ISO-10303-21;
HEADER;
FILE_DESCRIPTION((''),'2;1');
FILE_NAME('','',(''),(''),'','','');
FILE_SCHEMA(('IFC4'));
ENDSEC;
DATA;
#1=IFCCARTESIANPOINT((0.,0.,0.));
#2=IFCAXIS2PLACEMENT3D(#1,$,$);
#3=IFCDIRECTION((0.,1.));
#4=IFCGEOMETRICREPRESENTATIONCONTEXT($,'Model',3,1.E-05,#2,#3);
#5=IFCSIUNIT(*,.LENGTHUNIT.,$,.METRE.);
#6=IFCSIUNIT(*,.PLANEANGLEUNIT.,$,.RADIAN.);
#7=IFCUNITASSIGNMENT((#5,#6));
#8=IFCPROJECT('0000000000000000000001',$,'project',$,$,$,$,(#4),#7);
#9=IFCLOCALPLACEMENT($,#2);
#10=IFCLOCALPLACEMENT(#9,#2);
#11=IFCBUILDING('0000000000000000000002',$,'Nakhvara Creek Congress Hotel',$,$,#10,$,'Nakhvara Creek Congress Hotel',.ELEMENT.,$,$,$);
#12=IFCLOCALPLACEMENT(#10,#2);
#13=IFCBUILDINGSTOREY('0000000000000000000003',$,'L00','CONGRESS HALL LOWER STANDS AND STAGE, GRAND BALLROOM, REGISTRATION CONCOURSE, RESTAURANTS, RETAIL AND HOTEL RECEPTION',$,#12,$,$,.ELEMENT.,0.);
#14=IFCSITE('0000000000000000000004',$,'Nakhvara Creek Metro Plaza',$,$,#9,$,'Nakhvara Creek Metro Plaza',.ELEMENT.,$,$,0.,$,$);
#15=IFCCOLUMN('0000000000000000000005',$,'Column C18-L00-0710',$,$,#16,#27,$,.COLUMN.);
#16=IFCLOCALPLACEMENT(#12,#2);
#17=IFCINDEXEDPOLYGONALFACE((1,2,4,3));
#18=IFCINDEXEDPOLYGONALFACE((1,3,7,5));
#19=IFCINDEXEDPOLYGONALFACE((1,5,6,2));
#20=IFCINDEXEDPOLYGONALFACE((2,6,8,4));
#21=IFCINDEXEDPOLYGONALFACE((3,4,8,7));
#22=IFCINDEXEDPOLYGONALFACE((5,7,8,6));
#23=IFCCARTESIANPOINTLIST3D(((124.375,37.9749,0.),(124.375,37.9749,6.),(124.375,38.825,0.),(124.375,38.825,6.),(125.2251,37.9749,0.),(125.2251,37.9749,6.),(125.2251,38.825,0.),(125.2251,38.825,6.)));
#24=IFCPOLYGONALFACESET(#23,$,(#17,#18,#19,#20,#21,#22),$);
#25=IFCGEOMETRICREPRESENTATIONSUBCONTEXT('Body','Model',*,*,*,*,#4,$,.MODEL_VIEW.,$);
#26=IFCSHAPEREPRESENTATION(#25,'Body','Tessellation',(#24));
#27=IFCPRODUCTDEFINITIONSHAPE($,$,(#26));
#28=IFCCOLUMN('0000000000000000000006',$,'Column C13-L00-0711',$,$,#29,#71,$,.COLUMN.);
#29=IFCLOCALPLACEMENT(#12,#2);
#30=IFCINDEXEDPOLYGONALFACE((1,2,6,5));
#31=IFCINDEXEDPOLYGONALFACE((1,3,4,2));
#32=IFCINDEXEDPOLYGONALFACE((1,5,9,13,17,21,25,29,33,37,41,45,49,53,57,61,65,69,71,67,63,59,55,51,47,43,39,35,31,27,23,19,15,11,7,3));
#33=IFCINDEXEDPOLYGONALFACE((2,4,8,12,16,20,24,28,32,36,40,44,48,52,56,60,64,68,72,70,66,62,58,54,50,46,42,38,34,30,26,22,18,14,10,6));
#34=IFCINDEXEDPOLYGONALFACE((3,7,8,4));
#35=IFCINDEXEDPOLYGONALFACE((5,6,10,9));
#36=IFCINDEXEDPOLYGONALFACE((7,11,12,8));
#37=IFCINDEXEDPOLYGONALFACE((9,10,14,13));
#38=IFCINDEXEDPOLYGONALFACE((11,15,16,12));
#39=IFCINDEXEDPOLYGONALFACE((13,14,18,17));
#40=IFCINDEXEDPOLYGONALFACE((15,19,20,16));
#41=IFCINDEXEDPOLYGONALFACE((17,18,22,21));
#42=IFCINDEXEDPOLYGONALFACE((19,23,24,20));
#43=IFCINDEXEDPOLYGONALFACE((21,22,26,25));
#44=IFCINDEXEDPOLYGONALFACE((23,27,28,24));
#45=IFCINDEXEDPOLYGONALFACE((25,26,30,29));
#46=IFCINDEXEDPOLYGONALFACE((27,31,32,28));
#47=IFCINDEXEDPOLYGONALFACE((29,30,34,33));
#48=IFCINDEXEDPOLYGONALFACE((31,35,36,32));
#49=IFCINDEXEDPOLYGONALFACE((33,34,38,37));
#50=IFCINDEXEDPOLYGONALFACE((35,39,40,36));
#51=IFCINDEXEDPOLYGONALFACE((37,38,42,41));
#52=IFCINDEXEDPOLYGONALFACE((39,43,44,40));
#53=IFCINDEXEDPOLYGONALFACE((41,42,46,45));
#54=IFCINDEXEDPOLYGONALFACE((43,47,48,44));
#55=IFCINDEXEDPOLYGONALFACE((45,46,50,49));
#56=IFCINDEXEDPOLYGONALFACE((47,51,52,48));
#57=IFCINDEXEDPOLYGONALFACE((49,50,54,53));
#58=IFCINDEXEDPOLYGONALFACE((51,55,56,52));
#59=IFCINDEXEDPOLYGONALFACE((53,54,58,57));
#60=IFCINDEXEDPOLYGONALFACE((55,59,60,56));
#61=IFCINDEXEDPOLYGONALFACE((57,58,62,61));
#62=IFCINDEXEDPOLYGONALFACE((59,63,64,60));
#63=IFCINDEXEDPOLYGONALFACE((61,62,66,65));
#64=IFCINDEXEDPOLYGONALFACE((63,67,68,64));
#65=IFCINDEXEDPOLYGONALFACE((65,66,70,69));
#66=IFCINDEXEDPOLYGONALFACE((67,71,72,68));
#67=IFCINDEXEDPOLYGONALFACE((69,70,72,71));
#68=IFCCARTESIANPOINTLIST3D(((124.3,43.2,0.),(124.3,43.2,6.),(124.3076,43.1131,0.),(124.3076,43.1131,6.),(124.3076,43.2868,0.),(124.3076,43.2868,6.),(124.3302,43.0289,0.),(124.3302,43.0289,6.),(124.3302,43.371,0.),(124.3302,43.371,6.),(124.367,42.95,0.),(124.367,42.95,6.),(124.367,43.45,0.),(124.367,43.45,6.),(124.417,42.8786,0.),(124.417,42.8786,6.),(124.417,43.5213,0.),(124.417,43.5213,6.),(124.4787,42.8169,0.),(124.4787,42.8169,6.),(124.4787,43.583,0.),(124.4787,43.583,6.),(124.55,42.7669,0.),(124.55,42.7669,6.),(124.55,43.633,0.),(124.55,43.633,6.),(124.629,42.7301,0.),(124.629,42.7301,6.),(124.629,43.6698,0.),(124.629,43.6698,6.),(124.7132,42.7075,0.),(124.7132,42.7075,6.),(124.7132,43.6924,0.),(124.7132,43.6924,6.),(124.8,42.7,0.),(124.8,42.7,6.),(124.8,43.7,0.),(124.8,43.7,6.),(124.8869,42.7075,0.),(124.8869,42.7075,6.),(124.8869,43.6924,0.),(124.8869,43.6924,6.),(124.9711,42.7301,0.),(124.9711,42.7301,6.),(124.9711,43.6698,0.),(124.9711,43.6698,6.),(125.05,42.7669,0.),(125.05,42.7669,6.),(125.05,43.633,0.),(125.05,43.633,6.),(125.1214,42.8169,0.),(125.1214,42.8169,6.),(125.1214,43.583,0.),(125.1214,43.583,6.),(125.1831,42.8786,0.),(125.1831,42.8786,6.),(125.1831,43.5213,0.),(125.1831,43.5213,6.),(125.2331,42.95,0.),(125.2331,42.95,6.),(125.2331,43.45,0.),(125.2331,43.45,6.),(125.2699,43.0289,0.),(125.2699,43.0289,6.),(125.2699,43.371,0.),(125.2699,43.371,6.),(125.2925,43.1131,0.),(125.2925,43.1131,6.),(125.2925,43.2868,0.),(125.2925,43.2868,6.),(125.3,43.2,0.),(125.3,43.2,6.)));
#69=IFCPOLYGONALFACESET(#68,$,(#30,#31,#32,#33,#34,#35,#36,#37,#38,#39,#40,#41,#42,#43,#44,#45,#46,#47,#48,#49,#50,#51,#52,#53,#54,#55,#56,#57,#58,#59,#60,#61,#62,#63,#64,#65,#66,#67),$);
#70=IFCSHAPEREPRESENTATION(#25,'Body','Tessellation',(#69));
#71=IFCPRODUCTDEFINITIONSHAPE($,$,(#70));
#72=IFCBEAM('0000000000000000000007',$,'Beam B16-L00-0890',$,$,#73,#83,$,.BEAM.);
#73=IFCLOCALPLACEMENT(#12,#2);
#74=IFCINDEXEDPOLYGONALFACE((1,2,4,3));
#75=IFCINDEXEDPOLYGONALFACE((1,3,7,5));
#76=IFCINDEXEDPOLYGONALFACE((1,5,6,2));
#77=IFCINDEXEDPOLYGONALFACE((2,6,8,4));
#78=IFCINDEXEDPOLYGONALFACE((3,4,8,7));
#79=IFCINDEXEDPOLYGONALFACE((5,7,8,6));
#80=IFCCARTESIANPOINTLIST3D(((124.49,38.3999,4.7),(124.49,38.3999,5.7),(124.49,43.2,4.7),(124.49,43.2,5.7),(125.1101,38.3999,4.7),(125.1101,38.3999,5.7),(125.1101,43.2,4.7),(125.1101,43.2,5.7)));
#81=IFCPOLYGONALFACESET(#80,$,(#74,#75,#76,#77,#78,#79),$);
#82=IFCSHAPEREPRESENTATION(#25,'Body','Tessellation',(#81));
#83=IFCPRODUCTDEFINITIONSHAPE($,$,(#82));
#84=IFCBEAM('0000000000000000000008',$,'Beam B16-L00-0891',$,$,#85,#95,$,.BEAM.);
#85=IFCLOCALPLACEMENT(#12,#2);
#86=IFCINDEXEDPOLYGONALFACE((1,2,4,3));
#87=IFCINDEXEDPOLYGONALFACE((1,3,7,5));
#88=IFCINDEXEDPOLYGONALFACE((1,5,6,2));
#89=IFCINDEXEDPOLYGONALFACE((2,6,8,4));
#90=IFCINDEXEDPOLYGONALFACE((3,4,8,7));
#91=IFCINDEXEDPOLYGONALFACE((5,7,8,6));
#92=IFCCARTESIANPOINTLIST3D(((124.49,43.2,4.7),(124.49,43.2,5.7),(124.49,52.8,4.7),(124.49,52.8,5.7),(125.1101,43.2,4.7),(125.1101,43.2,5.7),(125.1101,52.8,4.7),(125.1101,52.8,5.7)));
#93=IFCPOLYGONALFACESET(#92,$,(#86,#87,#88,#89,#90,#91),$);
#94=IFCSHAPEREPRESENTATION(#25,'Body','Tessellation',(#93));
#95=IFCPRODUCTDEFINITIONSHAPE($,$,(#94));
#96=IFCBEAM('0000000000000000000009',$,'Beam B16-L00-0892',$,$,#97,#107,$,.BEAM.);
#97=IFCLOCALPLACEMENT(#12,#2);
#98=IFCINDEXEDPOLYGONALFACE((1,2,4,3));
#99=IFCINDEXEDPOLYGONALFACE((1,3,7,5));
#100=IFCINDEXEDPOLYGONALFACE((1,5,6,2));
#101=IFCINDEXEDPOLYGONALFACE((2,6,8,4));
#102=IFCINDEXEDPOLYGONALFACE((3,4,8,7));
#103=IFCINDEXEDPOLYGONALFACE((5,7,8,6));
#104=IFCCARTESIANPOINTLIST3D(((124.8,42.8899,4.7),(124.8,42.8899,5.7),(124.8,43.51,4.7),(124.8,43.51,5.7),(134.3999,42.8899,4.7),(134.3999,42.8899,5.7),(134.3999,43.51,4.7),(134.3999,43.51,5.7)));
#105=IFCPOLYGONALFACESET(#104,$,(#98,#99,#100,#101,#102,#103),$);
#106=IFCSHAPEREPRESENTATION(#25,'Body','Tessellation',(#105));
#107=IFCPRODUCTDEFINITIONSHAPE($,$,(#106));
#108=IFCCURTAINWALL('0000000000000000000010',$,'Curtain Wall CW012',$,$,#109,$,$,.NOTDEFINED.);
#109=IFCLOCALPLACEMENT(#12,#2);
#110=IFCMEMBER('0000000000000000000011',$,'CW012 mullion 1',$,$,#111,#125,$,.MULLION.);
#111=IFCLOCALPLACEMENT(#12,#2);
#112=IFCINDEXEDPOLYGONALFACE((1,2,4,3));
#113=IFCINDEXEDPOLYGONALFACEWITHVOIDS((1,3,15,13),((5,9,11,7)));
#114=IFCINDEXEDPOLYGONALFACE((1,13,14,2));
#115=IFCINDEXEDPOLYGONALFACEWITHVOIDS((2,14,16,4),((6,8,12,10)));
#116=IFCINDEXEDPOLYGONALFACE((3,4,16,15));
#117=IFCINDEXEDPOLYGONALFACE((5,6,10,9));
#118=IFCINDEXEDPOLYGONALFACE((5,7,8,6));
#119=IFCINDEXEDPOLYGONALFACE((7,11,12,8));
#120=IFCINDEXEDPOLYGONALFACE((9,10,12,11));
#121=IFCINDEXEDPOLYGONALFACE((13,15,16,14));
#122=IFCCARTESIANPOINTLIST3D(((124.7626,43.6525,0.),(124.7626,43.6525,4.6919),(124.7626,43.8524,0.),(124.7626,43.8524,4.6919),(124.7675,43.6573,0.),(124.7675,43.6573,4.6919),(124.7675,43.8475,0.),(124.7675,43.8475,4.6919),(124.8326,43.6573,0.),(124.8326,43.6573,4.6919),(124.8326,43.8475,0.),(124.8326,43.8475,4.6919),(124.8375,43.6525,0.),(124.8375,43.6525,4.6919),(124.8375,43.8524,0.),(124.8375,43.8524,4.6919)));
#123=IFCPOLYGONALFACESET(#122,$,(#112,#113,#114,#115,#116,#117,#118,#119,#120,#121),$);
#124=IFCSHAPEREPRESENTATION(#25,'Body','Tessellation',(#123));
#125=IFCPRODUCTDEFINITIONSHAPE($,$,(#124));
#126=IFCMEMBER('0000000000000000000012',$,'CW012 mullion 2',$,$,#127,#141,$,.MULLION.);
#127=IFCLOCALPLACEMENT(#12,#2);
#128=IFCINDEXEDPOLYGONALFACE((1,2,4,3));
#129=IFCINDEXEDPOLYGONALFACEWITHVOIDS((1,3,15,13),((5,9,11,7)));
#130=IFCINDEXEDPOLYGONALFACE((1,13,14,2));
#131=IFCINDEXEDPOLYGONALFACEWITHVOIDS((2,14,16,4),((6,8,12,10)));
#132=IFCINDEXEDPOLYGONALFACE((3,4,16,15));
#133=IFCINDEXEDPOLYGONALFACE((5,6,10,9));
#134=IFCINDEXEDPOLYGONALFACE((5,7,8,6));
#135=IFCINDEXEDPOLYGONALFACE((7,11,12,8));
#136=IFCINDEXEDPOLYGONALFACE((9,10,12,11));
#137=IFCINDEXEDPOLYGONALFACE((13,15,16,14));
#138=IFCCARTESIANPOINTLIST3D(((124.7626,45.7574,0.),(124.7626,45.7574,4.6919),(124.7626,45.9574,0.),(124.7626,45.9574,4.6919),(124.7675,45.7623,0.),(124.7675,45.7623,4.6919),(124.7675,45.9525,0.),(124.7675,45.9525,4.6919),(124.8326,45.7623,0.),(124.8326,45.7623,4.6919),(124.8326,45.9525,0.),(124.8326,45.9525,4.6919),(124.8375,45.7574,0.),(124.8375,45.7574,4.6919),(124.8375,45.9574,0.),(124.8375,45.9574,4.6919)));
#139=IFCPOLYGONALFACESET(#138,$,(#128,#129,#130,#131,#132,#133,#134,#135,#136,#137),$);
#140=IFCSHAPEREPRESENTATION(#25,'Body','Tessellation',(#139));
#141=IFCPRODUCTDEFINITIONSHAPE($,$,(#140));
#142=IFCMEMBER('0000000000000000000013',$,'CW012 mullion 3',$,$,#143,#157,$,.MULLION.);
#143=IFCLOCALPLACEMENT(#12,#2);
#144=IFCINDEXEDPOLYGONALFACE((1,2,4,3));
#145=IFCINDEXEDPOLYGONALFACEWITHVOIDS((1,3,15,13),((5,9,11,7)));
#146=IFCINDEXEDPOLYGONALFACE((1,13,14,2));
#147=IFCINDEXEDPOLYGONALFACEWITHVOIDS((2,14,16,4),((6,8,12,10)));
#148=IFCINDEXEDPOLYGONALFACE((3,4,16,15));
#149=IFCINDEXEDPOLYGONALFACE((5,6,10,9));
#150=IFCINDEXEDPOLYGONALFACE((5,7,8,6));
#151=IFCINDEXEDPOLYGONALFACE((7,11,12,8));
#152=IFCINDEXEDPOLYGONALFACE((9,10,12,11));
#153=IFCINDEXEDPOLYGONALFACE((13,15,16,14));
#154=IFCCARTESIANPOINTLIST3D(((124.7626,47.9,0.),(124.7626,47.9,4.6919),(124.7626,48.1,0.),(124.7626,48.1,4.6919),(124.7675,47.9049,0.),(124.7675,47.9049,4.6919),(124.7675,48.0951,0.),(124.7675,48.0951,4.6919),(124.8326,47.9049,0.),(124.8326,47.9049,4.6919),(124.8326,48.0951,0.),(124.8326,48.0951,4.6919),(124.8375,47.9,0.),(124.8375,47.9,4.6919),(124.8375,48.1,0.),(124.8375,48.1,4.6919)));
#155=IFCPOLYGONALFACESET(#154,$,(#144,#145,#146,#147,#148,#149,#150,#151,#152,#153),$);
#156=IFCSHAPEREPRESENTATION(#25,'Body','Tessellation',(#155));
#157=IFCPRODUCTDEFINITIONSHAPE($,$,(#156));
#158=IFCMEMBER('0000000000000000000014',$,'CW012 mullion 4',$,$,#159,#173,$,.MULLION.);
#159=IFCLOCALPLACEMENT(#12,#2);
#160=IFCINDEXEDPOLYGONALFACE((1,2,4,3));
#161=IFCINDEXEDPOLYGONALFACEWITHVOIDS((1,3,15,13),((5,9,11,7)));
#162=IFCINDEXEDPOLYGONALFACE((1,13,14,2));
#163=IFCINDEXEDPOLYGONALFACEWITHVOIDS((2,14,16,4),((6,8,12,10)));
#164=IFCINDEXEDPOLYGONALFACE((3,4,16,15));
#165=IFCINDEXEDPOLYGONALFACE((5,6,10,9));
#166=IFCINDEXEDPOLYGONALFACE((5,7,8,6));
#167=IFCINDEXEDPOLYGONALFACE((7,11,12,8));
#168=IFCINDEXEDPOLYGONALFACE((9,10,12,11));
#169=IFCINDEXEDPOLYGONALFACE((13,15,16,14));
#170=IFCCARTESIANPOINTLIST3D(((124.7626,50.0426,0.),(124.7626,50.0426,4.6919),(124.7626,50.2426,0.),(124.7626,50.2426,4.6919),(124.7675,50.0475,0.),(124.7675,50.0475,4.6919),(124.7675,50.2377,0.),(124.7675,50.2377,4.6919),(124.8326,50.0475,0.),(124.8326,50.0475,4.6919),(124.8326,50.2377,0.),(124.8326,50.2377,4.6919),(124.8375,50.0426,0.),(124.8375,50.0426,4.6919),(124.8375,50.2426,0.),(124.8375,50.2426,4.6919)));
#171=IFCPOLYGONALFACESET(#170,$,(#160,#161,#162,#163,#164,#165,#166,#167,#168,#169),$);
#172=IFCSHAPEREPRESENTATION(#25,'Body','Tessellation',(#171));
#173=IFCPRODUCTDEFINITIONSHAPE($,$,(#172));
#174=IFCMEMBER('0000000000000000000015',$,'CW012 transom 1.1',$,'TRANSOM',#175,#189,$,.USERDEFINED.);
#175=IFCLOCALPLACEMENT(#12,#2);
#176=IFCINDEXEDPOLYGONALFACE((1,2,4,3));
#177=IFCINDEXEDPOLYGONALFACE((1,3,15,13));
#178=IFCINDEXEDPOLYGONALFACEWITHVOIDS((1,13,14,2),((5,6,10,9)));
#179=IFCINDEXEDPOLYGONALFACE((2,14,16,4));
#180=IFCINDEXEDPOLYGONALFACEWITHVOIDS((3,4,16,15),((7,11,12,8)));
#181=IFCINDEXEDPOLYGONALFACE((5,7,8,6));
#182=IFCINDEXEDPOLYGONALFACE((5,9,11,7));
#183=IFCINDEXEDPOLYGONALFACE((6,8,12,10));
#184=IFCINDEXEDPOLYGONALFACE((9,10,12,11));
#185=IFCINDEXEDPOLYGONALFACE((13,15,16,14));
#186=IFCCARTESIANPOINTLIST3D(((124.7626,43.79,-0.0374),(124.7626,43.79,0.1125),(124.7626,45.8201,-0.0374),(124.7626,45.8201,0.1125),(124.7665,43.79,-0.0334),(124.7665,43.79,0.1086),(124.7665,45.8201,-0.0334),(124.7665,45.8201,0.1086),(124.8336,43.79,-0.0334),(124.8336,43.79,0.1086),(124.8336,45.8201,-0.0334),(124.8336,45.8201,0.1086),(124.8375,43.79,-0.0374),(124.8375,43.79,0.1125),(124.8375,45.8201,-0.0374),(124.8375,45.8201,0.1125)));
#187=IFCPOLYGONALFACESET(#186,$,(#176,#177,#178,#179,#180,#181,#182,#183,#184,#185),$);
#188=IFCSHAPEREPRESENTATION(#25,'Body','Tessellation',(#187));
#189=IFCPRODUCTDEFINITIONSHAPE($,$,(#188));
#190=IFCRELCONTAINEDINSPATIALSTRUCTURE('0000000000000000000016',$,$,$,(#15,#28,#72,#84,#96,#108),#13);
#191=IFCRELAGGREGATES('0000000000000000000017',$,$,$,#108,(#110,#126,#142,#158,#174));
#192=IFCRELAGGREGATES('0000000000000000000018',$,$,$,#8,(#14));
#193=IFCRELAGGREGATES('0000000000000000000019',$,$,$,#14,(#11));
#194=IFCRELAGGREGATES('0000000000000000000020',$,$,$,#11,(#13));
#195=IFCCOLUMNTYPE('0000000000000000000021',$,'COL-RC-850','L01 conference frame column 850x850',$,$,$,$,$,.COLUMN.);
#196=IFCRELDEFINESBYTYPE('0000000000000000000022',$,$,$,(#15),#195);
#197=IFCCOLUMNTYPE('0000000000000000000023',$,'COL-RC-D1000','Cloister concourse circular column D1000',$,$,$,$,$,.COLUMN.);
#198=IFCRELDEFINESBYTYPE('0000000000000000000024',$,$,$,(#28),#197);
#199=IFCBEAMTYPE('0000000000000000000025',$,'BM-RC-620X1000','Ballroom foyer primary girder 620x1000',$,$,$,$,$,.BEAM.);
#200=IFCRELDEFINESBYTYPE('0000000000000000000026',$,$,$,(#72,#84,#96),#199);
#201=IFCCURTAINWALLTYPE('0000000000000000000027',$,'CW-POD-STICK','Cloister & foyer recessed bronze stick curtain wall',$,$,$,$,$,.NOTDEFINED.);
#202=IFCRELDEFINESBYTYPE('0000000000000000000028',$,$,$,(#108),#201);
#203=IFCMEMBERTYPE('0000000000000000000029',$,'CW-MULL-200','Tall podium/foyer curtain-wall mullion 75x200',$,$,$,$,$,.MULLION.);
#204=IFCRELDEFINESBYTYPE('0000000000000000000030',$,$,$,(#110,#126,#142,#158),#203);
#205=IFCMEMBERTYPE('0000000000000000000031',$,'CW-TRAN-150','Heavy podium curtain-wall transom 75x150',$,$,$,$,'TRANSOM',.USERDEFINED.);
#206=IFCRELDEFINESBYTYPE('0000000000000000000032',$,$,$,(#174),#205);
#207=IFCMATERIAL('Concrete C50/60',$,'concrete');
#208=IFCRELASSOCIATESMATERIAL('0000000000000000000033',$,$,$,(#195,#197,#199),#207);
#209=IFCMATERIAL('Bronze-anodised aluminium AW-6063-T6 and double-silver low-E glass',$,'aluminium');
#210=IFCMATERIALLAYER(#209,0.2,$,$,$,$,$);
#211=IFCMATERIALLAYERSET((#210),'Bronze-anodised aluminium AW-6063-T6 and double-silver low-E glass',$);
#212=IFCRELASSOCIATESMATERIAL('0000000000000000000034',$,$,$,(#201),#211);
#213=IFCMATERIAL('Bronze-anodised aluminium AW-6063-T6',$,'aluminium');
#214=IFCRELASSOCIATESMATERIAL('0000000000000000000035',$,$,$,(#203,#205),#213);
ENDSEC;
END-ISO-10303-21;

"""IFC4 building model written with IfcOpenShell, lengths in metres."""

from ifc_helpers import new_model, si_unit, direction, frame, origin, origin_2d, place, context, subcontext, project, spatial, rectangle, hollow_rectangle, circle, extrude, material, layer, layer_set, material_profile, profile_set, type_object, element, aggregate, save


model = new_model("IFC4")

# Units and contexts
model_context = context("Model", 3, precision=1e-05, world=origin(), true_north=direction((0.0, 1.0)))
body_context = subcontext(model_context, "Body", "Model", "MODEL_VIEW")
ifc_project = project(units=[si_unit("LENGTHUNIT", "METRE"), si_unit("PLANEANGLEUNIT", "RADIAN")], contexts=[model_context])

# Site, building, storey
site_placement = place(None, origin())
site = spatial("IfcSite", under=ifc_project, at=site_placement, Name="Nakhvara Creek Metro Plaza", LongName="Nakhvara Creek Metro Plaza", CompositionType="ELEMENT", RefElevation=0.0)
building_placement = place(site_placement, origin())
building = spatial("IfcBuilding", under=site, at=building_placement, Name="Nakhvara Creek Congress Hotel", LongName="Nakhvara Creek Congress Hotel", CompositionType="ELEMENT")
storey_placement = place(building_placement, origin())
storey = spatial("IfcBuildingStorey", under=building, at=storey_placement, Name="L00", Description="CONGRESS HALL LOWER STANDS AND STAGE, GRAND BALLROOM, REGISTRATION CONCOURSE, RESTAURANTS, RETAIL AND HOTEL RECEPTION", CompositionType="ELEMENT", Elevation=0.0)

# Columns
ifc_material_1 = material(Name="Concrete C50/60", Category="concrete")
ifc_material_profile_1 = material_profile(ifc_material_1, rectangle(XDim=0.8501, YDim=0.8501, at=origin_2d()), Name="RC-COL 850x850", Category="LoadBearing")
ifc_profile_set_1 = profile_set([ifc_material_profile_1], Name="Concrete C50/60")
column_type_1 = type_object("IfcColumnType", Name="COL-RC-850", Description="L01 conference frame column 850x850", PredefinedType="COLUMN", material=ifc_profile_set_1)
column_1_placement = place(storey_placement, frame((124.8, 38.3999, 0.0), z_axis=(0.0, 0.0, 1.0), x_axis=(1.0, 0.0, 0.0)))
element("IfcColumn", 1, at=column_1_placement, inside=storey, type_object=column_type_1, Name="Column C18-L00-0710", PredefinedType="COLUMN", context=body_context, shape_type="SweptSolid", body=[
    extrude(rectangle(XDim=0.8501, YDim=0.8501, at=origin_2d()), origin(), (0.0, 0.0, 1.0), 6.0),
])
ifc_material_profile_2 = material_profile(ifc_material_1, circle(Radius=0.5, at=origin_2d()), Name="RC-COL D1000", Category="LoadBearing")
ifc_profile_set_2 = profile_set([ifc_material_profile_2], Name="Concrete C50/60")
column_type_2 = type_object("IfcColumnType", Name="COL-RC-D1000", Description="Cloister concourse circular column D1000", PredefinedType="COLUMN", material=ifc_profile_set_2)
column_2_placement = place(storey_placement, frame((124.8, 43.2, 0.0), z_axis=(0.0, 0.0, 1.0), x_axis=(1.0, 0.0, 0.0)))
element("IfcColumn", 2, at=column_2_placement, inside=storey, type_object=column_type_2, Name="Column C13-L00-0711", PredefinedType="COLUMN", context=body_context, shape_type="SweptSolid", body=[
    extrude(circle(Radius=0.5, at=origin_2d()), origin(), (0.0, 0.0, 1.0), 6.0),
])

# Beams
ifc_material_profile_3 = material_profile(ifc_material_1, rectangle(XDim=0.6201, YDim=1.0, at=origin_2d()), Name="RC-BM 620x1000", Category="LoadBearing")
ifc_profile_set_3 = profile_set([ifc_material_profile_3], Name="Concrete C50/60")
beam_type = type_object("IfcBeamType", Name="BM-RC-620X1000", Description="Ballroom foyer primary girder 620x1000", PredefinedType="BEAM", material=ifc_profile_set_3)
beam_1_placement = place(storey_placement, frame((124.8, 38.3999, 5.2), z_axis=(0.0, 1.0, 0.0), x_axis=(-1.0, 0.0, 0.0)))
element("IfcBeam", 3, at=beam_1_placement, inside=storey, type_object=beam_type, Name="Beam B16-L00-0890", PredefinedType="BEAM", context=body_context, shape_type="SweptSolid", body=[
    extrude(rectangle(XDim=0.6201, YDim=1.0, at=origin_2d()), origin(), (0.0, 0.0, 1.0), 4.8),
])
beam_2_placement = place(storey_placement, frame((124.8, 43.2, 5.2), z_axis=(0.0, 1.0, 0.0), x_axis=(-1.0, 0.0, 0.0)))
element("IfcBeam", 4, at=beam_2_placement, inside=storey, type_object=beam_type, Name="Beam B16-L00-0891", PredefinedType="BEAM", context=body_context, shape_type="SweptSolid", body=[
    extrude(rectangle(XDim=0.6201, YDim=1.0, at=origin_2d()), origin(), (0.0, 0.0, 1.0), 9.6001),
])
beam_3_placement = place(storey_placement, frame((124.8, 43.2, 5.2), z_axis=(1.0, 0.0, 0.0), x_axis=(0.0, 1.0, 0.0)))
element("IfcBeam", 5, at=beam_3_placement, inside=storey, type_object=beam_type, Name="Beam B16-L00-0892", PredefinedType="BEAM", context=body_context, shape_type="SweptSolid", body=[
    extrude(rectangle(XDim=0.6201, YDim=1.0, at=origin_2d()), origin(), (0.0, 0.0, 1.0), 9.5999),
])

# Curtain wall, members
ifc_material_2 = material(Name="Bronze-anodised aluminium AW-6063-T6 and double-silver low-E glass", Category="aluminium")
ifc_layer_1 = layer(ifc_material_2, 0.2)
ifc_layer_set_1 = layer_set([ifc_layer_1], Name="Bronze-anodised aluminium AW-6063-T6 and double-silver low-E glass")
curtain_wall_type = type_object("IfcCurtainWallType", Name="CW-POD-STICK", Description="Cloister & foyer recessed bronze stick curtain wall", PredefinedType="NOTDEFINED", material=ifc_layer_set_1)
curtain_wall_placement = place(storey_placement, origin())
curtain_wall = element("IfcCurtainWall", 6, at=curtain_wall_placement, inside=storey, type_object=curtain_wall_type, Name="Curtain Wall CW012", PredefinedType="NOTDEFINED")
ifc_material_3 = material(Name="Bronze-anodised aluminium AW-6063-T6", Category="aluminium")
ifc_material_profile_4 = material_profile(ifc_material_3, hollow_rectangle(XDim=0.075, YDim=0.2, WallThickness=0.0049, at=origin_2d()), Name="ALU-MULL 75x200x5", Category="LoadBearing")
ifc_profile_set_4 = profile_set([ifc_material_profile_4], Name="Bronze-anodised aluminium AW-6063-T6")
member_type_1 = type_object("IfcMemberType", Name="CW-MULL-200", Description="Tall podium/foyer curtain-wall mullion 75x200", PredefinedType="MULLION", material=ifc_profile_set_4)
member_1_placement = place(storey_placement, frame((124.8, 43.7524, 0.0), z_axis=(0.0, 0.0, 1.0), x_axis=(-1.0, 0.0, 0.0)))
member_1 = element("IfcMember", 7, at=member_1_placement, type_object=member_type_1, Name="CW012 mullion 1", PredefinedType="MULLION", context=body_context, shape_type="SweptSolid", body=[
    extrude(hollow_rectangle(XDim=0.075, YDim=0.2, WallThickness=0.0049, at=origin_2d()), origin(), (0.0, 0.0, 1.0), 4.6919),
])
member_2_placement = place(storey_placement, frame((124.8, 45.8574, 0.0), z_axis=(0.0, 0.0, 1.0), x_axis=(-1.0, 0.0, 0.0)))
member_2 = element("IfcMember", 8, at=member_2_placement, type_object=member_type_1, Name="CW012 mullion 2", PredefinedType="MULLION", context=body_context, shape_type="SweptSolid", body=[
    extrude(hollow_rectangle(XDim=0.075, YDim=0.2, WallThickness=0.0049, at=origin_2d()), origin(), (0.0, 0.0, 1.0), 4.6919),
])
member_3_placement = place(storey_placement, frame((124.8, 48.0, 0.0), z_axis=(0.0, 0.0, 1.0), x_axis=(-1.0, 0.0, 0.0)))
member_3 = element("IfcMember", 9, at=member_3_placement, type_object=member_type_1, Name="CW012 mullion 3", PredefinedType="MULLION", context=body_context, shape_type="SweptSolid", body=[
    extrude(hollow_rectangle(XDim=0.075, YDim=0.2, WallThickness=0.0049, at=origin_2d()), origin(), (0.0, 0.0, 1.0), 4.6919),
])
member_4_placement = place(storey_placement, frame((124.8, 50.1426, 0.0), z_axis=(0.0, 0.0, 1.0), x_axis=(-1.0, 0.0, 0.0)))
member_4 = element("IfcMember", 10, at=member_4_placement, type_object=member_type_1, Name="CW012 mullion 4", PredefinedType="MULLION", context=body_context, shape_type="SweptSolid", body=[
    extrude(hollow_rectangle(XDim=0.075, YDim=0.2, WallThickness=0.0049, at=origin_2d()), origin(), (0.0, 0.0, 1.0), 4.6919),
])
ifc_material_profile_5 = material_profile(ifc_material_3, hollow_rectangle(XDim=0.075, YDim=0.1499, WallThickness=0.0039, at=origin_2d()), Name="ALU-TRAN 75x150x4", Category="LoadBearing")
ifc_profile_set_5 = profile_set([ifc_material_profile_5], Name="Bronze-anodised aluminium AW-6063-T6")
member_type_2 = type_object("IfcMemberType", Name="CW-TRAN-150", Description="Heavy podium curtain-wall transom 75x150", ElementType="TRANSOM", PredefinedType="USERDEFINED", material=ifc_profile_set_5)
member_5_placement = place(storey_placement, frame((124.8, 43.79, 0.0376), z_axis=(0.0, 1.0, 0.0), x_axis=(-1.0, 0.0, 0.0)))
member_5 = element("IfcMember", 11, at=member_5_placement, type_object=member_type_2, Name="CW012 transom 1.1", ObjectType="TRANSOM", PredefinedType="USERDEFINED", context=body_context, shape_type="SweptSolid", body=[
    extrude(hollow_rectangle(XDim=0.075, YDim=0.1499, WallThickness=0.0039, at=origin_2d()), origin(), (0.0, 0.0, 1.0), 2.03),
])
aggregate(curtain_wall, [member_1, member_2, member_3, member_4, member_5])

save(model, "model.ifc")
